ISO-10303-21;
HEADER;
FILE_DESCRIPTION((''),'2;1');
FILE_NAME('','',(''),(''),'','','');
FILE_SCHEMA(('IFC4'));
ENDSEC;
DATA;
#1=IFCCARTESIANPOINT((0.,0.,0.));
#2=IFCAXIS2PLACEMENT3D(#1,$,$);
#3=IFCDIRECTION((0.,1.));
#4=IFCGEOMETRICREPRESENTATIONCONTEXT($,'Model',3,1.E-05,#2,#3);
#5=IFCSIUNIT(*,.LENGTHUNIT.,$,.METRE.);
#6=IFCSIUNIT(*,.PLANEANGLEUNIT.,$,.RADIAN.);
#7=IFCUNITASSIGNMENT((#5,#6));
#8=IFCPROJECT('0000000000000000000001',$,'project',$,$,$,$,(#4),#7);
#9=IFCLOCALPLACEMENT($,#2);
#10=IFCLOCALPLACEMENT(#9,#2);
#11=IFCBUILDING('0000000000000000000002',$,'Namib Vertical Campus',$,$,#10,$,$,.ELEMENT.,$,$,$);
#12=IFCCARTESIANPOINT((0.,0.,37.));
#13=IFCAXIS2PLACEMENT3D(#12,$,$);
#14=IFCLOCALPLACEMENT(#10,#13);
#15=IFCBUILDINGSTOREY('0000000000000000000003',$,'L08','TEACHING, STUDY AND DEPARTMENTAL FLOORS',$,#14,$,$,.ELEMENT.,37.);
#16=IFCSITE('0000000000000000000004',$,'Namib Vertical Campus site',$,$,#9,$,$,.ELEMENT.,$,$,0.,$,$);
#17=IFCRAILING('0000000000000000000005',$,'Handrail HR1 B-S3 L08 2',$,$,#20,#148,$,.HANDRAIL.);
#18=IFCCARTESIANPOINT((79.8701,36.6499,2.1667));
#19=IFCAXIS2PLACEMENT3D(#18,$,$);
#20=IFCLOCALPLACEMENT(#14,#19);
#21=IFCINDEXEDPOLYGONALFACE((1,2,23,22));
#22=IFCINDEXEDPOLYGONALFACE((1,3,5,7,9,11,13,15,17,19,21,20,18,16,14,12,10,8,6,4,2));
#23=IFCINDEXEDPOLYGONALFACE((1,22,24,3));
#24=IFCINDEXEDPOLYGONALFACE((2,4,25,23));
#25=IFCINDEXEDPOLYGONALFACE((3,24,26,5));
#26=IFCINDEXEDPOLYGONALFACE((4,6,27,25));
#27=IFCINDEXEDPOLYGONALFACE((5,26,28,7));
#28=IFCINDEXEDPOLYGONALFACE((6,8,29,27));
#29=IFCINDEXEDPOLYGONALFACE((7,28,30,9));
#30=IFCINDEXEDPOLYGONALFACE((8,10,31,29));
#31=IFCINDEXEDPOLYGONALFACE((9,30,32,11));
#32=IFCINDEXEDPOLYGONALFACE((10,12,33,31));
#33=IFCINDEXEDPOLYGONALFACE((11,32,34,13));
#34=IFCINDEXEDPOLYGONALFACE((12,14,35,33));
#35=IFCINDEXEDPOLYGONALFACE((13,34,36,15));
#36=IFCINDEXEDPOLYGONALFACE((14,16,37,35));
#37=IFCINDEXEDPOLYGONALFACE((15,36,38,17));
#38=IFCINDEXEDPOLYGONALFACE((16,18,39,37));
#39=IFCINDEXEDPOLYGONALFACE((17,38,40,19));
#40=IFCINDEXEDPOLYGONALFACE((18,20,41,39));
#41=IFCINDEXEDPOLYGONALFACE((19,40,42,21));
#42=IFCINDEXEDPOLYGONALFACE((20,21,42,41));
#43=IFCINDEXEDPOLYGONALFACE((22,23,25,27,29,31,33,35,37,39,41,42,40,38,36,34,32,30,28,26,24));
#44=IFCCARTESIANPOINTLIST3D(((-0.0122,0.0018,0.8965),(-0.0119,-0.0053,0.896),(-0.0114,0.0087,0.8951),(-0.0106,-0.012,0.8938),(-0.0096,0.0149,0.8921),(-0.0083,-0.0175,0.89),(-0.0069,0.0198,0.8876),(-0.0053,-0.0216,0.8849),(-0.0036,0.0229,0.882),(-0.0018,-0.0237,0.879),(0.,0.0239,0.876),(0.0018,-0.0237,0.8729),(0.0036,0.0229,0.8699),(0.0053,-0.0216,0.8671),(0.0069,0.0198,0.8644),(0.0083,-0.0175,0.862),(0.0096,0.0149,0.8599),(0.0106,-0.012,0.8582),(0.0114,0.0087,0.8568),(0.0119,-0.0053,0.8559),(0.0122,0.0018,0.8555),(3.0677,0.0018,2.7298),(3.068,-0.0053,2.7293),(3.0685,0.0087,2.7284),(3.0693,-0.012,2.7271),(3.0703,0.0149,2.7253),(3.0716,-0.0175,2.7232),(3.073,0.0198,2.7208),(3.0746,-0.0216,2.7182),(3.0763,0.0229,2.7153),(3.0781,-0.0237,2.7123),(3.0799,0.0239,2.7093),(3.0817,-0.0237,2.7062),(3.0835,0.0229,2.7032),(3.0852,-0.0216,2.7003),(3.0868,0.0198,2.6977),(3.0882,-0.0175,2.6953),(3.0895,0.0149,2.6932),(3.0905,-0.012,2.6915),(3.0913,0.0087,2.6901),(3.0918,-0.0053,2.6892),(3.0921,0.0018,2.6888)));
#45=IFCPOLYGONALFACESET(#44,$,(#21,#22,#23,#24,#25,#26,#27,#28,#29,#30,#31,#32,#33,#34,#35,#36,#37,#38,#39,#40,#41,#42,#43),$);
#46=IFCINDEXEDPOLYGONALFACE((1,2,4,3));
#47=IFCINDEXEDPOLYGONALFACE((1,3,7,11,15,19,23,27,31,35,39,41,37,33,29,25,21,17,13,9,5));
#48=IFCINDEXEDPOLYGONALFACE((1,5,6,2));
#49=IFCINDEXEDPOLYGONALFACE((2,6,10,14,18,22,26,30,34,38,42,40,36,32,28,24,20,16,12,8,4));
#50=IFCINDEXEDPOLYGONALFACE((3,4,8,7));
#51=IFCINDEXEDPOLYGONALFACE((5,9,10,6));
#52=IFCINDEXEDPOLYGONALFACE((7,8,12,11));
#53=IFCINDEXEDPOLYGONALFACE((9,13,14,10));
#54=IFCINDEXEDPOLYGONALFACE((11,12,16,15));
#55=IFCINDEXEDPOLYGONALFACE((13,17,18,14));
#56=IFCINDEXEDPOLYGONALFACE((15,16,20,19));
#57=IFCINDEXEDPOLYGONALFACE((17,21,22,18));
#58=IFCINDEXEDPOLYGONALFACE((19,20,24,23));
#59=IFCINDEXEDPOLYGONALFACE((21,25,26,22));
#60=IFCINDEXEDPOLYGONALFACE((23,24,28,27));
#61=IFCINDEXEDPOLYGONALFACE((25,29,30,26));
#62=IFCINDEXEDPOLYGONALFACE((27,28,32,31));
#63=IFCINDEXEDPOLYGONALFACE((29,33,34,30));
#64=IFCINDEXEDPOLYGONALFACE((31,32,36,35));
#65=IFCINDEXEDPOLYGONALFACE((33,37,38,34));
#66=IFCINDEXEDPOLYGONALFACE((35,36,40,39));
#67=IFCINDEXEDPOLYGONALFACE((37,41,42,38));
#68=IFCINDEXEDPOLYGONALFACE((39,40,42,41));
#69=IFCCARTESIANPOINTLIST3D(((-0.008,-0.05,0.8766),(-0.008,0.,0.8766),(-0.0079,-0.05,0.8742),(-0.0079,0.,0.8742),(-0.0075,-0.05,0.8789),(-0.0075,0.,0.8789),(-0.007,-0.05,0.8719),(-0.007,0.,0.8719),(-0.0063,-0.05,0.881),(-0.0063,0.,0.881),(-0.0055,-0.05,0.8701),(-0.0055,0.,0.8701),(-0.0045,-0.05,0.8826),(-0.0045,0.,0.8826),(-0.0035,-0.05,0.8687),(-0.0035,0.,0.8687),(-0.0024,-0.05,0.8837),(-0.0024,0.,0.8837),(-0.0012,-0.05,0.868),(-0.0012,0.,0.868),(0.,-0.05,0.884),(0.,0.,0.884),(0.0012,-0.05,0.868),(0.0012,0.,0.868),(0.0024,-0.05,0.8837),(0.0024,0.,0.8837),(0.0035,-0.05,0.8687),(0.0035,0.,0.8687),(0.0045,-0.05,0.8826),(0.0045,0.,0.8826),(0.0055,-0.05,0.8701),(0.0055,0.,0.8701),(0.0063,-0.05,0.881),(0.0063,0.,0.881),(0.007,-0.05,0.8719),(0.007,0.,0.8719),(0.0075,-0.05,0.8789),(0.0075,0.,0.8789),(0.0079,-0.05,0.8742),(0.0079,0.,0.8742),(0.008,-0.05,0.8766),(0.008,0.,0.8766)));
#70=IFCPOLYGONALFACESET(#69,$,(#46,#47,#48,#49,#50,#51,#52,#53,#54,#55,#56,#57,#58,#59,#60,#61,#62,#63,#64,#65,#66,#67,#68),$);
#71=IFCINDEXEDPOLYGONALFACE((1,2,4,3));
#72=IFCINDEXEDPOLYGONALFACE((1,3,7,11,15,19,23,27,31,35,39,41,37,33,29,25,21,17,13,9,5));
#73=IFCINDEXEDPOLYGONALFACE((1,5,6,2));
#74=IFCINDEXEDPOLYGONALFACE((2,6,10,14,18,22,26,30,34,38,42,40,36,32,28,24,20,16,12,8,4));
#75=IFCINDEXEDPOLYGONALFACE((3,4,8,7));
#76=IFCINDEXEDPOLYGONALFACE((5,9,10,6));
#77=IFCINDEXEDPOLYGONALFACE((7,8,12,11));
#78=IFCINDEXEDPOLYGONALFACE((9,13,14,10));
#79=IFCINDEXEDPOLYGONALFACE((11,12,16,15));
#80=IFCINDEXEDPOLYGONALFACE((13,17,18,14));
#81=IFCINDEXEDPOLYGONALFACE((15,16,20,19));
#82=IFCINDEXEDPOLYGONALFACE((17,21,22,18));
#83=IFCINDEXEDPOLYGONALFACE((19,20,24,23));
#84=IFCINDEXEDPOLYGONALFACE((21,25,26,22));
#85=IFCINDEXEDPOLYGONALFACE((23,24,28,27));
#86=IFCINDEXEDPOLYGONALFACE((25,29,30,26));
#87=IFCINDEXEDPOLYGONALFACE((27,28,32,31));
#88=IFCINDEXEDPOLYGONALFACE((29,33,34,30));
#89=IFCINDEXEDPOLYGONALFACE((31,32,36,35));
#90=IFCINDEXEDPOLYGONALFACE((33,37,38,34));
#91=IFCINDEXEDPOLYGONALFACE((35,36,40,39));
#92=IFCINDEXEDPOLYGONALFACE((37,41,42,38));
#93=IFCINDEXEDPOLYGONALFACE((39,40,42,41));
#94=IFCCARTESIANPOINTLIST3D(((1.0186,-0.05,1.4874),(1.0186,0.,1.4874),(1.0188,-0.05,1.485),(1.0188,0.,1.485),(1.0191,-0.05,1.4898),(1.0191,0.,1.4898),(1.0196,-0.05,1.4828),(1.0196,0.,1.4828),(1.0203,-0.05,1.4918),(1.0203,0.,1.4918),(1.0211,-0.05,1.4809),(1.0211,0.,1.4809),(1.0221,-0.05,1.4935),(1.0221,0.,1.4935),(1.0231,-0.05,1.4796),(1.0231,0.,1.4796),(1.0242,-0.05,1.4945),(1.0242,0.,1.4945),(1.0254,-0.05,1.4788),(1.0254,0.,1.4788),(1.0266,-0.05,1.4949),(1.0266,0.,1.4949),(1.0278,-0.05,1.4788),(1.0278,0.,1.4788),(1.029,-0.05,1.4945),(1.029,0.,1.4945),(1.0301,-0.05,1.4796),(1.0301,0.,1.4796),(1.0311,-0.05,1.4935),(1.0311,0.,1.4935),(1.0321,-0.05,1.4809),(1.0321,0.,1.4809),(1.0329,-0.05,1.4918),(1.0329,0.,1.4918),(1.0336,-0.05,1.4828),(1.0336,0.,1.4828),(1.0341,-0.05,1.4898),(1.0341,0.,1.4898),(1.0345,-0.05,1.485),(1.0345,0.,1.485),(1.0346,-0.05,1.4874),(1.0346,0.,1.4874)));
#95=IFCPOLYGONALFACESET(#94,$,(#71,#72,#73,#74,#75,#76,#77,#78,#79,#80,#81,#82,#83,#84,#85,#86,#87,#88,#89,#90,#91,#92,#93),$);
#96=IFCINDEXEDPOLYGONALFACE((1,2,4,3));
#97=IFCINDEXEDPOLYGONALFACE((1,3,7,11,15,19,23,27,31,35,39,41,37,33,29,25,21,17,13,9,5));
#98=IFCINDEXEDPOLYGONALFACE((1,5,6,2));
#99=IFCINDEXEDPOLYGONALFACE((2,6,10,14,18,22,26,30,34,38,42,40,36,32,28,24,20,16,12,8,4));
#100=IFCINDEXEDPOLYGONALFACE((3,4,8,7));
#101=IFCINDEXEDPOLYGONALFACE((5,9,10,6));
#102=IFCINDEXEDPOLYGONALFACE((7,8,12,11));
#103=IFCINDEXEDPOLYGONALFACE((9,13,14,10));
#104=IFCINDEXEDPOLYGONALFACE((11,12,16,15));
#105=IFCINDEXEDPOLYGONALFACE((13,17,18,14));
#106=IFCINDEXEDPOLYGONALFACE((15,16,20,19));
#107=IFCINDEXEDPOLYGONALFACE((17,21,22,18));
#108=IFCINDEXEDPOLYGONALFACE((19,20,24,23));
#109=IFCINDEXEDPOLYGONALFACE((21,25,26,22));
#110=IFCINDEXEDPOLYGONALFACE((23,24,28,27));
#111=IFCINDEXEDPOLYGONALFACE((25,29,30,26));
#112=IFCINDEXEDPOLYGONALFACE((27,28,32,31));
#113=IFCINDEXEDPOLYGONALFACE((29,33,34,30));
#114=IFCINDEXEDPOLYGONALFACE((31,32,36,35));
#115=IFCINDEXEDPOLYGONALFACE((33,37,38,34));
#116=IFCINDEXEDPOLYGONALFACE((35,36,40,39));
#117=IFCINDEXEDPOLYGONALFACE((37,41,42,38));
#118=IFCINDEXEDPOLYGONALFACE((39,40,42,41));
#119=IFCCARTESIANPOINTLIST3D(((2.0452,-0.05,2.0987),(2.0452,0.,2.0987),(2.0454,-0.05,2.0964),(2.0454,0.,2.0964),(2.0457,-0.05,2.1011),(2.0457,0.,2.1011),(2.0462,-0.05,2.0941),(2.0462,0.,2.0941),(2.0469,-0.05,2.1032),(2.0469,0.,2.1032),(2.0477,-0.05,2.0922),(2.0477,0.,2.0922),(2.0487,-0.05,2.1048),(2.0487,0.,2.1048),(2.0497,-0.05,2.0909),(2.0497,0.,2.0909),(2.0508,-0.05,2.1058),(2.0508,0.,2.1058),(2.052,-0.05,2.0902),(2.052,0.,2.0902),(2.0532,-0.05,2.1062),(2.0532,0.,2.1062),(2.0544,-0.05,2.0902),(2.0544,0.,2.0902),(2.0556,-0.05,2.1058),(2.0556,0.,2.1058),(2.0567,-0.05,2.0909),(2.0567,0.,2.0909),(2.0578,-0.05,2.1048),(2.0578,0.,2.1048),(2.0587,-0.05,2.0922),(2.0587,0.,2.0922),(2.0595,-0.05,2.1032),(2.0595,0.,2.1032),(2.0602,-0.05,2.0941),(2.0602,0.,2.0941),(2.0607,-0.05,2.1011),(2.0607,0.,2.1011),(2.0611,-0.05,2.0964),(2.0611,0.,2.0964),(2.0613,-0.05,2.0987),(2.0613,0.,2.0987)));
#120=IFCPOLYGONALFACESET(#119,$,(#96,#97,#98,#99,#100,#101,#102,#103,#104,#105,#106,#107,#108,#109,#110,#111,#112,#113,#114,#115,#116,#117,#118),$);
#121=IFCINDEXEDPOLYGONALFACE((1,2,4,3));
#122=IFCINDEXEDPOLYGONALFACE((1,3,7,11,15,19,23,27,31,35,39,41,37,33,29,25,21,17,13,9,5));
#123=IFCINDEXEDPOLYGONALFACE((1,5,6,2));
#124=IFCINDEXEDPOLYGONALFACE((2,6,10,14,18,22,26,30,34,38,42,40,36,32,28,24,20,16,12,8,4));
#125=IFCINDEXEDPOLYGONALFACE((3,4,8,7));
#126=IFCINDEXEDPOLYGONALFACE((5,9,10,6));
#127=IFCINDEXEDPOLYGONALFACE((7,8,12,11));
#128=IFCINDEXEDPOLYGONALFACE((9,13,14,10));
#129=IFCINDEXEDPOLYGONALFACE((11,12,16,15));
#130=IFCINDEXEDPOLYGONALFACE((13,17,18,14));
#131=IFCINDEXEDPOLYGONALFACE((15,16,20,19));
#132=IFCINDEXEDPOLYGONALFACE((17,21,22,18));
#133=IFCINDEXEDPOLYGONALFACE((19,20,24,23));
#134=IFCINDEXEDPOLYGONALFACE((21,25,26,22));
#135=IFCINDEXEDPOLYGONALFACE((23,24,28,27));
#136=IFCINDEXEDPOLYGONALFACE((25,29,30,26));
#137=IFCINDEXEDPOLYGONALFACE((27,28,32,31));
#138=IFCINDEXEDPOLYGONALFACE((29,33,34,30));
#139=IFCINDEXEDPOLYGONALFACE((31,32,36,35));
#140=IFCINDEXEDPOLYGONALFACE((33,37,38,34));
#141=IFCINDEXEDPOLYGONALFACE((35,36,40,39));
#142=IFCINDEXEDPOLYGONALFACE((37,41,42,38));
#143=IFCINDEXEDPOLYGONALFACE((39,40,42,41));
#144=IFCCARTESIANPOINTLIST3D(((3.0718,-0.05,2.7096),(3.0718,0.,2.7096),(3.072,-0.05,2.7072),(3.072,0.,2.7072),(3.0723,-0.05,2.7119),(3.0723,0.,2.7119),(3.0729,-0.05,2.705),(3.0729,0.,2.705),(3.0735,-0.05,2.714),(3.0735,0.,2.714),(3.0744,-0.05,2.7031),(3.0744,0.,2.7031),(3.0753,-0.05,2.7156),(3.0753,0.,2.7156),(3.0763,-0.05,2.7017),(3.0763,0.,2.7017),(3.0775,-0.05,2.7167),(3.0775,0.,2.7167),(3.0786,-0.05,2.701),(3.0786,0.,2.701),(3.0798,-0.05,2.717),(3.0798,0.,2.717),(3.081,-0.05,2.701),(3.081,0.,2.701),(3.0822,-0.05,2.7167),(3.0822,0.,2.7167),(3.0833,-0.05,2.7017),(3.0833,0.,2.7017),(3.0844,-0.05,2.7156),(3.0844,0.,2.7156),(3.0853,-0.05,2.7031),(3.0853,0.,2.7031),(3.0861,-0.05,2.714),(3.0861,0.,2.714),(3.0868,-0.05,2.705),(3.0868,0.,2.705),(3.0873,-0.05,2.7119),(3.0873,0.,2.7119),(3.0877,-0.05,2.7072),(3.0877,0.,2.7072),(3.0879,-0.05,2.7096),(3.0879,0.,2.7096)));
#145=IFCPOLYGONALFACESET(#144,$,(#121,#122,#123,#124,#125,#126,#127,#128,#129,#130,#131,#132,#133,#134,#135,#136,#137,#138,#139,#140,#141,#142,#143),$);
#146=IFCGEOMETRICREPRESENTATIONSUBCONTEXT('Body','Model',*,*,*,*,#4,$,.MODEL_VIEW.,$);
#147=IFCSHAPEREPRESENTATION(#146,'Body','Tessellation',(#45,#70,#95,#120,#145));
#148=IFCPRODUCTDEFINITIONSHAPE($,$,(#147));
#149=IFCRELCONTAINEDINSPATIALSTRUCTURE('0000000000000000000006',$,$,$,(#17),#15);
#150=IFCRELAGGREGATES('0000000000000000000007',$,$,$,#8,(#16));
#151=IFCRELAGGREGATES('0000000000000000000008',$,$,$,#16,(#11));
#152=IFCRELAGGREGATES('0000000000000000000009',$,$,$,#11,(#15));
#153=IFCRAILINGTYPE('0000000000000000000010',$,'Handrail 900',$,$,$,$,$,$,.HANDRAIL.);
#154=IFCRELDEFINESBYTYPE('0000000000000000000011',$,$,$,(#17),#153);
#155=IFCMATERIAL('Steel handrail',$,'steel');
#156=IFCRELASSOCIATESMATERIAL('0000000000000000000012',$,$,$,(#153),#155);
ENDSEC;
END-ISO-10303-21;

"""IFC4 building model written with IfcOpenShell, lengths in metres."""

from ifc_helpers import new_model, si_unit, direction, frame, origin, origin_2d, place, context, subcontext, project, spatial, circle, extrude, material, type_object, element, save


model = new_model("IFC4")

# Units and contexts
model_context = context("Model", 3, precision=1e-05, world=origin(), true_north=direction((0.0, 1.0)))
body_context = subcontext(model_context, "Body", "Model", "MODEL_VIEW")
ifc_project = project(units=[si_unit("LENGTHUNIT", "METRE"), si_unit("PLANEANGLEUNIT", "RADIAN")], contexts=[model_context])

# Site, building, storey
site_placement = place(None, origin())
site = spatial("IfcSite", under=ifc_project, at=site_placement, Name="Namib Vertical Campus site", CompositionType="ELEMENT", RefElevation=0.0)
building_placement = place(site_placement, origin())
building = spatial("IfcBuilding", under=site, at=building_placement, Name="Namib Vertical Campus", CompositionType="ELEMENT")
storey_placement = place(building_placement, frame((0.0, 0.0, 37.0)))
storey = spatial("IfcBuildingStorey", under=building, at=storey_placement, Name="L08", Description="TEACHING, STUDY AND DEPARTMENTAL FLOORS", CompositionType="ELEMENT", Elevation=37.0)

# Railing
ifc_material_1 = material(Name="Steel handrail", Category="steel")
railing_type = type_object("IfcRailingType", Name="Handrail 900", PredefinedType="HANDRAIL", material=ifc_material_1)
railing_placement = place(storey_placement, frame((79.8701, 36.6499, 2.1667)))
element("IfcRailing", 1, at=railing_placement, inside=storey, type_object=railing_type, Name="Handrail HR1 B-S3 L08 2", PredefinedType="HANDRAIL", context=body_context, shape_type="SweptSolid", body=[
    extrude(circle(Radius=0.0239, at=origin_2d()), frame((0.0, 0.0, 0.876), z_axis=(0.859291, 0.0, 0.511487), x_axis=(0.0, 1.0, 0.0)), (0.0, 0.0, 1.0), 3.5842),
    extrude(circle(Radius=0.0081, at=origin_2d()), frame((0.0, 0.0, 0.876), z_axis=(0.0, -1.0, 0.0), x_axis=(0.0, 0.0, 1.0)), (0.0, 0.0, 1.0), 0.05),
    extrude(circle(Radius=0.0081, at=origin_2d()), frame((1.0266, 0.0, 1.4868), z_axis=(0.0, -1.0, 0.0), x_axis=(0.0, 0.0, 1.0)), (0.0, 0.0, 1.0), 0.05),
    extrude(circle(Radius=0.0081, at=origin_2d()), frame((2.0532, 0.0, 2.0981), z_axis=(0.0, -1.0, 0.0), x_axis=(0.0, 0.0, 1.0)), (0.0, 0.0, 1.0), 0.05),
    extrude(circle(Radius=0.0081, at=origin_2d()), frame((3.0798, 0.0, 2.709), z_axis=(0.0, -1.0, 0.0), x_axis=(0.0, 0.0, 1.0)), (0.0, 0.0, 1.0), 0.05),
])

save(model, "model.ifc")
